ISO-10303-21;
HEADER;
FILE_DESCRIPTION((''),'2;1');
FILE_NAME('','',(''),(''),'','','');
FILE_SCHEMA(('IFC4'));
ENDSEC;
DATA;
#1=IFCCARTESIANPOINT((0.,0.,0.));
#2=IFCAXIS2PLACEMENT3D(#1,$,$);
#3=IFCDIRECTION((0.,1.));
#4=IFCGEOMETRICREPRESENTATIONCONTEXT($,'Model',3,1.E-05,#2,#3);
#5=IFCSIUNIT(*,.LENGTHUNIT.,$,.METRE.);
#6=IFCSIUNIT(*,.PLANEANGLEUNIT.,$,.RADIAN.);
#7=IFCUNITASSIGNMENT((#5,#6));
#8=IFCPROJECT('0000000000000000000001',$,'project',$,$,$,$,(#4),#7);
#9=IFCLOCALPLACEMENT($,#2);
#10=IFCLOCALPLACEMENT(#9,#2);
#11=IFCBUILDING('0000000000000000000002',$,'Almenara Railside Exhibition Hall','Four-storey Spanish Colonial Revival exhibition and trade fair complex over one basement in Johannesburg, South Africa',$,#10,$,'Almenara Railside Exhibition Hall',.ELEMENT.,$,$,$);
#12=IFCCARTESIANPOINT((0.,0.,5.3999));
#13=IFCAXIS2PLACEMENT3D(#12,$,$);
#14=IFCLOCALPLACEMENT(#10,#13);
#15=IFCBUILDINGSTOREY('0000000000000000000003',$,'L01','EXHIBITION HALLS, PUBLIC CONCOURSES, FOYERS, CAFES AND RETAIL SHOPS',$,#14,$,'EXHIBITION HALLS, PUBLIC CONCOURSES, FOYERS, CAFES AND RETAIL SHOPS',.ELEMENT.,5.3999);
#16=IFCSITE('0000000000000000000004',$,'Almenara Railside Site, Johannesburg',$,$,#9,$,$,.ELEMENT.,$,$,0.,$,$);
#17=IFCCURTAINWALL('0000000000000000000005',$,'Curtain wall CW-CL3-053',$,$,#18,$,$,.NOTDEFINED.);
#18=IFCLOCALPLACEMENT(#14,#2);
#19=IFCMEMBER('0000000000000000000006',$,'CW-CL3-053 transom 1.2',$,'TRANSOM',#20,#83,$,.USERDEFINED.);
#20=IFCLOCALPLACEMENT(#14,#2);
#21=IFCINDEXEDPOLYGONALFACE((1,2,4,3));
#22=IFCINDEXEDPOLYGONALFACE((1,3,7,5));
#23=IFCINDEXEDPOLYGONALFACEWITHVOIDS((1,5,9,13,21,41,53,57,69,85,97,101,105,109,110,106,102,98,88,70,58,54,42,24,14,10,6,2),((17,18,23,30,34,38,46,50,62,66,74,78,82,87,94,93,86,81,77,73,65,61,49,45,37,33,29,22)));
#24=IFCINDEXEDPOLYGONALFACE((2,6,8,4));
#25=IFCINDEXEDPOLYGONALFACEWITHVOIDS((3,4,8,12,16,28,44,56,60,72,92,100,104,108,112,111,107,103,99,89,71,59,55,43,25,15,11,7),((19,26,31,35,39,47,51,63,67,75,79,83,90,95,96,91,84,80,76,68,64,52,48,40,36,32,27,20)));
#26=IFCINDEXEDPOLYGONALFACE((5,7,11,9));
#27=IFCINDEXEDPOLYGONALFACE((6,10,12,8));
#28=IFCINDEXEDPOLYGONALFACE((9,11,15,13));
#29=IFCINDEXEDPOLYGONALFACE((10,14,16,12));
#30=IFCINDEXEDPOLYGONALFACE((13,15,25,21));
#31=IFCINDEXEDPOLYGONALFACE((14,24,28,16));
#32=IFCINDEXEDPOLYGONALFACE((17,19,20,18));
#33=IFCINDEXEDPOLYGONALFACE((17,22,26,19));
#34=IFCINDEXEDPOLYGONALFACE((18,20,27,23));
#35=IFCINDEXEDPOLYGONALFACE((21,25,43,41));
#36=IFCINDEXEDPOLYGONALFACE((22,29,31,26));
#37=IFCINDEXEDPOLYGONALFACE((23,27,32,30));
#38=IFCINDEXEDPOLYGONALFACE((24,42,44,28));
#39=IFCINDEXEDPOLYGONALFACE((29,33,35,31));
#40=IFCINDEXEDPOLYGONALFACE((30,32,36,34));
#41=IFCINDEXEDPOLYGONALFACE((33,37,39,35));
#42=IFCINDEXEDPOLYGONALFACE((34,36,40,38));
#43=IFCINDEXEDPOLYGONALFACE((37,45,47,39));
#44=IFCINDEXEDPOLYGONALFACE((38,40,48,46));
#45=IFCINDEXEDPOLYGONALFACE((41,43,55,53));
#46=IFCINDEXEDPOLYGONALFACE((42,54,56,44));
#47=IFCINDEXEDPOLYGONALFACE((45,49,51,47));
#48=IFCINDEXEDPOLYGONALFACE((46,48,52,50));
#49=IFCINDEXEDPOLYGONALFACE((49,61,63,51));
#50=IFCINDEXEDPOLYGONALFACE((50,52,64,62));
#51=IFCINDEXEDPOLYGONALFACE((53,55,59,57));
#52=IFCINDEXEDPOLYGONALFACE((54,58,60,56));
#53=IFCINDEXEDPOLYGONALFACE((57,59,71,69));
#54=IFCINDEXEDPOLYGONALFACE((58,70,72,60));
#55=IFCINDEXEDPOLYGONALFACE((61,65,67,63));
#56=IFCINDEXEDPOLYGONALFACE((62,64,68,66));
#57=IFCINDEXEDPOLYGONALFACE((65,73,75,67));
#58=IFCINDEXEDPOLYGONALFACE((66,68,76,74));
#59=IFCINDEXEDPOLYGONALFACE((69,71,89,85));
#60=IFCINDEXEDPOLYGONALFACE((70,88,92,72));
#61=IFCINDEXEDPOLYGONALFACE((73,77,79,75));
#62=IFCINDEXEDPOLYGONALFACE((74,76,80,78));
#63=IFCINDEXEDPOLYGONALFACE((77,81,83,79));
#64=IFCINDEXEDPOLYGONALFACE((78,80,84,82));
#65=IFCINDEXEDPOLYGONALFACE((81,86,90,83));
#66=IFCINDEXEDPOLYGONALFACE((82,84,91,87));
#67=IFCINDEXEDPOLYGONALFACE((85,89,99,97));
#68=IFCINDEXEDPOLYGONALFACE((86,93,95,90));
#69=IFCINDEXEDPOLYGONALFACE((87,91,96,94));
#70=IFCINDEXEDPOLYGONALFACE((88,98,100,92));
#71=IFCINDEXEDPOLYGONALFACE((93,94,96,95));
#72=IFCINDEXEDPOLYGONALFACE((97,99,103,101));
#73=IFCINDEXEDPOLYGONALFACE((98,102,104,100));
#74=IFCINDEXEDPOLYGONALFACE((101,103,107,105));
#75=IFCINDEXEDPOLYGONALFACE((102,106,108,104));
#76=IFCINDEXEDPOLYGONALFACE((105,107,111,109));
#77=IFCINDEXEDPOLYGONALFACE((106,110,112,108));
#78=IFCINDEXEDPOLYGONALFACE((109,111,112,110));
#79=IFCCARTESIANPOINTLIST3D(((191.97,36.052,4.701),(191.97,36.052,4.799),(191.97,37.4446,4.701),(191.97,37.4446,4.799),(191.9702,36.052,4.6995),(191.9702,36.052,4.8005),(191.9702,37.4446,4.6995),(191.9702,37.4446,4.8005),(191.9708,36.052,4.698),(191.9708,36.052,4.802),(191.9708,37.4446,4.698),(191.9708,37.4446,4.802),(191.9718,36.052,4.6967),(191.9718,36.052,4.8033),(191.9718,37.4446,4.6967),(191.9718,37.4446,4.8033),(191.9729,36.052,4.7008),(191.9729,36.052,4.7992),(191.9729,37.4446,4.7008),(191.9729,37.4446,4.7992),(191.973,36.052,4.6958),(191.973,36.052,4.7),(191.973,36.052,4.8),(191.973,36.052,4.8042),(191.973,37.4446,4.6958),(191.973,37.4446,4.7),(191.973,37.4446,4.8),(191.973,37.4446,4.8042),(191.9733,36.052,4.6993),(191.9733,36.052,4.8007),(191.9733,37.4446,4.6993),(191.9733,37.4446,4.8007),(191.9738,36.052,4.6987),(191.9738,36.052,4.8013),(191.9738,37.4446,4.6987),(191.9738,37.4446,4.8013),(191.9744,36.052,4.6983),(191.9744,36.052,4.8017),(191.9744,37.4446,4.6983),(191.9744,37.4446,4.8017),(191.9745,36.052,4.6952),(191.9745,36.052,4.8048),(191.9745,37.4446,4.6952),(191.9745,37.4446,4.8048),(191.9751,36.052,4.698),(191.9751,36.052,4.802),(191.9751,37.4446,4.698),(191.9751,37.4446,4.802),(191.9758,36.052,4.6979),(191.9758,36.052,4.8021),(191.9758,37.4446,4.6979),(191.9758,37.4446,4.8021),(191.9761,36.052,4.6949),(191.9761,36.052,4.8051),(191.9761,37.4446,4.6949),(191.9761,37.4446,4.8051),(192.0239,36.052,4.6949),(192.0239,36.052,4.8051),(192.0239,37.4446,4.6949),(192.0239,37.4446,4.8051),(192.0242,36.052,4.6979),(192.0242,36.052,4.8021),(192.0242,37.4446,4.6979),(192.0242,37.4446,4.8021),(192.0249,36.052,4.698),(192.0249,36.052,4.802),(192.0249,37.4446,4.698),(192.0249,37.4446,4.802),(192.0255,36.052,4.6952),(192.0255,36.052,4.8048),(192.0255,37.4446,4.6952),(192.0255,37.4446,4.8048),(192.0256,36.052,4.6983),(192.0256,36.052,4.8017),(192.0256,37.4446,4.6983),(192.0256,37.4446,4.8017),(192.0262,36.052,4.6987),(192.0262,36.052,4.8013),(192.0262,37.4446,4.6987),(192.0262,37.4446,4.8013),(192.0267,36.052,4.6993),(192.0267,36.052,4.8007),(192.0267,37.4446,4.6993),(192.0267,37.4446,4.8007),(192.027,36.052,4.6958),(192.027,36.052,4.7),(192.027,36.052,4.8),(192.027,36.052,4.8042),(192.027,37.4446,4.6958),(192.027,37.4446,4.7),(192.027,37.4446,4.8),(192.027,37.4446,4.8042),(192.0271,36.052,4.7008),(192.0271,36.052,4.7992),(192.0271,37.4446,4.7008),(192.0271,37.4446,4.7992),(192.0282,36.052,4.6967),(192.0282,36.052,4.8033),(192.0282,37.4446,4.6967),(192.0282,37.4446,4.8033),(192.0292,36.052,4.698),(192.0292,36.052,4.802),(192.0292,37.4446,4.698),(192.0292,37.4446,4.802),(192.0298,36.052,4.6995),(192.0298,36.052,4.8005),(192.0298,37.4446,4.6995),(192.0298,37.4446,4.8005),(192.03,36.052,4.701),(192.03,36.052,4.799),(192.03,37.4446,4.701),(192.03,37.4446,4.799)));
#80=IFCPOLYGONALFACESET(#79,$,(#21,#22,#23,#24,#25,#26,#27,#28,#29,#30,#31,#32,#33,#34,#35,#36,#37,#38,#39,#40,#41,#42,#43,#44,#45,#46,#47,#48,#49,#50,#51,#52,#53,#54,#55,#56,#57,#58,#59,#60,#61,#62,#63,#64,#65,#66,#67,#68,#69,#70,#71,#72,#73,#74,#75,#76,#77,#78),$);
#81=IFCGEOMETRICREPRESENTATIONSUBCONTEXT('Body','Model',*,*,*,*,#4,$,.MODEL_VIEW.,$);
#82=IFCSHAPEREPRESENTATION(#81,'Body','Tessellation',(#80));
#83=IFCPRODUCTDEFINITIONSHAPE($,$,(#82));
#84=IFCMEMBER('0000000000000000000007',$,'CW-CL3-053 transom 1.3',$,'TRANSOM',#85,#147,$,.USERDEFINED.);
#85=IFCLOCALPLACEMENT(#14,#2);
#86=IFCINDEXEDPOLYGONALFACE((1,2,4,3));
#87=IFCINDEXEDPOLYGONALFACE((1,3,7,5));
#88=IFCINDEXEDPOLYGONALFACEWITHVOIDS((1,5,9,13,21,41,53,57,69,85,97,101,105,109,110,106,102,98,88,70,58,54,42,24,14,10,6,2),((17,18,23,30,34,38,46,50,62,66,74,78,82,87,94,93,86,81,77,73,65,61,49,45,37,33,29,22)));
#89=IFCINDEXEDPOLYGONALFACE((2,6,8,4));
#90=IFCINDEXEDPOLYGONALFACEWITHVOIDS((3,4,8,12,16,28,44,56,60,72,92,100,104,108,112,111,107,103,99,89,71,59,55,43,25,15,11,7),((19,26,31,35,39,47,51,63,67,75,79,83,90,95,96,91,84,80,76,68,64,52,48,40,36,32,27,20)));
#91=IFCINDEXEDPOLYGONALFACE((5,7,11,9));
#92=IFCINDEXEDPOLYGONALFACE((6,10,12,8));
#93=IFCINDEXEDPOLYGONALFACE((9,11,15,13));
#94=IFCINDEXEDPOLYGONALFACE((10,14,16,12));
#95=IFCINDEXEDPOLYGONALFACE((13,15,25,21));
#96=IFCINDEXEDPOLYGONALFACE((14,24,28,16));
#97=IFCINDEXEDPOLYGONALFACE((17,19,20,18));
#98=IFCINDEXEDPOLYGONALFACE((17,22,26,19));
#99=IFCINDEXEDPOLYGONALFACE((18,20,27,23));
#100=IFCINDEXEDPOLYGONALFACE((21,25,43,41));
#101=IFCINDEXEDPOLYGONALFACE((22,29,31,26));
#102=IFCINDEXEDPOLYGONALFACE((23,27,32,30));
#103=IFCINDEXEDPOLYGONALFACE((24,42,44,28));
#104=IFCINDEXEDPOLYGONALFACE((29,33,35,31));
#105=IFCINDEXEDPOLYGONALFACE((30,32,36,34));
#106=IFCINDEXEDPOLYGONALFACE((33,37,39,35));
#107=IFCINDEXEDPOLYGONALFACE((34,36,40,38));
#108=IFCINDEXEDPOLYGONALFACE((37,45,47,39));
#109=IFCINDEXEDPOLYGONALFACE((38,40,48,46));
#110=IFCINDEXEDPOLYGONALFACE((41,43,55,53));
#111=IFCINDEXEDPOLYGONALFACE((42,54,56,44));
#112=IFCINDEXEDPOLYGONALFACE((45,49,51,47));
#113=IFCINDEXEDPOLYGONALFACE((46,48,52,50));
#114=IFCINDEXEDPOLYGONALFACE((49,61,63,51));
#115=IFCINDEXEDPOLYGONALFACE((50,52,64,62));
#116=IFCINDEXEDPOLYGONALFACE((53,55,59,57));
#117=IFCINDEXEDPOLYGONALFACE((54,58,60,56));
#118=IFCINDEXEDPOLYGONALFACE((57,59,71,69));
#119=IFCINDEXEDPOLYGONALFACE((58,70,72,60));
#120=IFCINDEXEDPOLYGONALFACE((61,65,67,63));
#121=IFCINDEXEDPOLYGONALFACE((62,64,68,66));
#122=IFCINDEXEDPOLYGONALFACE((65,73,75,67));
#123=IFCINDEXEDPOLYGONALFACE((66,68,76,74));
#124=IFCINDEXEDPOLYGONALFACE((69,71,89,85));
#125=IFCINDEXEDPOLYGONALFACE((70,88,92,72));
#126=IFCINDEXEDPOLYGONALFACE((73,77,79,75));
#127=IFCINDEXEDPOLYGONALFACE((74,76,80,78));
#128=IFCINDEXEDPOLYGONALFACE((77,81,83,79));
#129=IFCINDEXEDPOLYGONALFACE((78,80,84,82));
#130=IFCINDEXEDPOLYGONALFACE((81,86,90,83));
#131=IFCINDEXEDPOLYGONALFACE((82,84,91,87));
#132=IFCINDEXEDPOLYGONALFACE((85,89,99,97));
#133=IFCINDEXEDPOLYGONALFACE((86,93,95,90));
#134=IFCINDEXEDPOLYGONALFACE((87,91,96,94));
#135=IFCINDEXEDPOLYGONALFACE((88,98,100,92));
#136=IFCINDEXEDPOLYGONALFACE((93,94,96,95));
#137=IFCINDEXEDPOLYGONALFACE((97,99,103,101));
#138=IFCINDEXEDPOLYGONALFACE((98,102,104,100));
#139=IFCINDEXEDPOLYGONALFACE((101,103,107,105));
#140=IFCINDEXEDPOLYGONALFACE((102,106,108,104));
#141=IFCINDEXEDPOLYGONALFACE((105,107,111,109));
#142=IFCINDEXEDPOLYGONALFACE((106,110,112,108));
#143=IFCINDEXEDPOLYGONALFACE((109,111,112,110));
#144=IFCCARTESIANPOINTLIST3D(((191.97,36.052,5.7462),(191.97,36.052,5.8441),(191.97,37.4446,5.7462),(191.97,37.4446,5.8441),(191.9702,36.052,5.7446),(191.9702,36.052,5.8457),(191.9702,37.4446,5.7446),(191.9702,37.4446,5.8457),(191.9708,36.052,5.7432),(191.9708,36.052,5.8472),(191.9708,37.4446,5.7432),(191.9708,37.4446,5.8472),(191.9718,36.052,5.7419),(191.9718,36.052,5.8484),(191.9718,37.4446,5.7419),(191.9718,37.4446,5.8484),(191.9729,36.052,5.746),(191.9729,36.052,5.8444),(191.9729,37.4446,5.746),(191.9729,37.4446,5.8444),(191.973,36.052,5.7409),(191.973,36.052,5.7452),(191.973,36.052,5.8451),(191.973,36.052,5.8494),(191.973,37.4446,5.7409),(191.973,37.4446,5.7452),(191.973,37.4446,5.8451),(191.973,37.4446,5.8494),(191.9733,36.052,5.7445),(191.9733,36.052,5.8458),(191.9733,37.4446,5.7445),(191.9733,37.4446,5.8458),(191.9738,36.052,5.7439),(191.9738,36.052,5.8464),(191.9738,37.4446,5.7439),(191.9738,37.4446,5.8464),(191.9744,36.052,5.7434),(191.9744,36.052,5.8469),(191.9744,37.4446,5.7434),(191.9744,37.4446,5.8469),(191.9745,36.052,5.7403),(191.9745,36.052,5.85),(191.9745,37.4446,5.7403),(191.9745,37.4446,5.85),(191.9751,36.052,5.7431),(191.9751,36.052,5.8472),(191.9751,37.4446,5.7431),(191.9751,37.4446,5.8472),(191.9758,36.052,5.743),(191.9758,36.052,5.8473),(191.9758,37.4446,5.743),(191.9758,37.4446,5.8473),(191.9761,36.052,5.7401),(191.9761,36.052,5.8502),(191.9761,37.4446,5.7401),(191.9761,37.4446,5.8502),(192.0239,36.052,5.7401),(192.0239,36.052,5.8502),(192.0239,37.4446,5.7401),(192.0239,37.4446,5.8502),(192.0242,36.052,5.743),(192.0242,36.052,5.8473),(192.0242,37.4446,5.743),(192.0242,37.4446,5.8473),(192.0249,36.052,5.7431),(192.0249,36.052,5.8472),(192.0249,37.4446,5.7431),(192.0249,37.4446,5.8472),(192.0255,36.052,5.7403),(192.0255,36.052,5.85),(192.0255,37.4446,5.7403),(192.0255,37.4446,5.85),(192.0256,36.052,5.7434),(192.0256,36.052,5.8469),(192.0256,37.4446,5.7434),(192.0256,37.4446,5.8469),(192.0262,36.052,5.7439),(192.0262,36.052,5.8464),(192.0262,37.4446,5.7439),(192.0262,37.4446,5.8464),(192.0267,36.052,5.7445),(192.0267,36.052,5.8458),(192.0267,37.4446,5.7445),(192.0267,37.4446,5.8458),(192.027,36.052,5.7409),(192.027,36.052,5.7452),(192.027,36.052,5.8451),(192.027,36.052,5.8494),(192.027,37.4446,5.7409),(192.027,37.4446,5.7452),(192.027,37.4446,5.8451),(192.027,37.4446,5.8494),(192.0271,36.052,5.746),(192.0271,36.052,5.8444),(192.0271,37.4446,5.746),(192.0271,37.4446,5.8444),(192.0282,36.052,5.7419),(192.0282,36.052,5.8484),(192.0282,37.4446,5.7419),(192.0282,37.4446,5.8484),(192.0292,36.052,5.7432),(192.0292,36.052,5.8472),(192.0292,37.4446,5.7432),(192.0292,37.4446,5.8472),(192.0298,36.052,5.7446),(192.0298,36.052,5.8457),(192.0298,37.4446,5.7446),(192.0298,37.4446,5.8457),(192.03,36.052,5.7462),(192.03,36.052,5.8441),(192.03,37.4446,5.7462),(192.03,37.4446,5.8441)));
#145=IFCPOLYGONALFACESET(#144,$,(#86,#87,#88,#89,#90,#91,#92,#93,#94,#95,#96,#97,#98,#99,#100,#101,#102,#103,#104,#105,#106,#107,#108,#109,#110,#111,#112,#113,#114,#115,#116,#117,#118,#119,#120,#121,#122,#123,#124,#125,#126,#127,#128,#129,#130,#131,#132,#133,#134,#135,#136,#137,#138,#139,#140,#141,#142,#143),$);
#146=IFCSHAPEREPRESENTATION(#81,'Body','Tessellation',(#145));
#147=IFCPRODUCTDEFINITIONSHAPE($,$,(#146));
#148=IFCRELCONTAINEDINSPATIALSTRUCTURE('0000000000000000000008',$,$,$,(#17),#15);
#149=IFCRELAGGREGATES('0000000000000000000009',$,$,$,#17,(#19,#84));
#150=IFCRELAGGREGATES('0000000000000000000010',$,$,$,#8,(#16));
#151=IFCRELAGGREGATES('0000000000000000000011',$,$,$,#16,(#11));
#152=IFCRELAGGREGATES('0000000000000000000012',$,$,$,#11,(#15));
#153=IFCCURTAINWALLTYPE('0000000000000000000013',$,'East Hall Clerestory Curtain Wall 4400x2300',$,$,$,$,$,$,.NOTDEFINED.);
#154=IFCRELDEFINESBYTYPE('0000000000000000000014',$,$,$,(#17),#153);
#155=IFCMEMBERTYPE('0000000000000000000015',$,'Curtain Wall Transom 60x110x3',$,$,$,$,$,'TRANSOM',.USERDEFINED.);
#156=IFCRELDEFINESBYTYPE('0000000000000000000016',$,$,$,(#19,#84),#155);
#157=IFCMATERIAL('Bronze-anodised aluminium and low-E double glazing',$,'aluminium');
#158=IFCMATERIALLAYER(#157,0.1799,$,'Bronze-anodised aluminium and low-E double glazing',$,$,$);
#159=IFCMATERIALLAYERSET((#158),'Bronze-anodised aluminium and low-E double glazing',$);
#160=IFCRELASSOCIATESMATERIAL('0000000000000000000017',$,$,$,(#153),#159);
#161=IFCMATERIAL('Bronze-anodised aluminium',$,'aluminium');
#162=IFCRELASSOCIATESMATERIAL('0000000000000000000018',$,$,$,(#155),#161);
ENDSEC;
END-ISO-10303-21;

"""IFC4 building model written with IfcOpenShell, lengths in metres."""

from ifc_helpers import new_model, si_unit, direction, frame, origin, origin_2d, place, context, subcontext, project, spatial, hollow_rectangle, extrude, material, layer, layer_set, material_profile, profile_set, type_object, element, aggregate, save


model = new_model("IFC4")

# Units and contexts
model_context = context("Model", 3, precision=1e-05, world=origin(), true_north=direction((0.0, 1.0)))
body_context = subcontext(model_context, "Body", "Model", "MODEL_VIEW")
ifc_project = project(units=[si_unit("LENGTHUNIT", "METRE"), si_unit("PLANEANGLEUNIT", "RADIAN")], contexts=[model_context])

# Site, building, storey
site_placement = place(None, origin())
site = spatial("IfcSite", under=ifc_project, at=site_placement, Name="Almenara Railside Site, Johannesburg", CompositionType="ELEMENT", RefElevation=0.0)
building_placement = place(site_placement, origin())
building = spatial("IfcBuilding", under=site, at=building_placement, Name="Almenara Railside Exhibition Hall", Description="Four-storey Spanish Colonial Revival exhibition and trade fair complex over one basement in Johannesburg, South Africa", LongName="Almenara Railside Exhibition Hall", CompositionType="ELEMENT")
storey_placement = place(building_placement, frame((0.0, 0.0, 5.3999)))
storey = spatial("IfcBuildingStorey", under=building, at=storey_placement, Name="L01", Description="EXHIBITION HALLS, PUBLIC CONCOURSES, FOYERS, CAFES AND RETAIL SHOPS", LongName="EXHIBITION HALLS, PUBLIC CONCOURSES, FOYERS, CAFES AND RETAIL SHOPS", CompositionType="ELEMENT", Elevation=5.3999)

# Curtain wall
ifc_material_1 = material(Name="Bronze-anodised aluminium and low-E double glazing", Category="aluminium")
ifc_layer_1 = layer(ifc_material_1, 0.1799, Name="Bronze-anodised aluminium and low-E double glazing")
ifc_layer_set_1 = layer_set([ifc_layer_1], Name="Bronze-anodised aluminium and low-E double glazing")
curtain_wall_type_1 = type_object("IfcCurtainWallType", Name="East Hall Clerestory Curtain Wall 4400x2300", PredefinedType="NOTDEFINED", material=ifc_layer_set_1)
curtain_wall_1_placement = place(storey_placement, origin())
curtain_wall_1 = element("IfcCurtainWall", 1, at=curtain_wall_1_placement, inside=storey, type_object=curtain_wall_type_1, Name="Curtain wall CW-CL3-053", PredefinedType="NOTDEFINED")
ifc_material_2 = material(Name="Bronze-anodised aluminium", Category="aluminium")

# Members
ifc_material_profile_1 = material_profile(ifc_material_2, hollow_rectangle(XDim=0.0601, YDim=0.1101, WallThickness=0.0029, InnerFilletRadius=0.0029, OuterFilletRadius=0.0061, at=origin_2d()), Name="ALU-TRN 60x110x3")
ifc_profile_set_1 = profile_set([ifc_material_profile_1], Name="Bronze-anodised aluminium")
member_type_1 = type_object("IfcMemberType", Name="Curtain Wall Transom 60x110x3", ElementType="TRANSOM", PredefinedType="USERDEFINED", material=ifc_profile_set_1)
member_1_placement = place(storey_placement, frame((192.0, 36.052, 4.75), z_axis=(0.0, 1.0, 0.0), x_axis=(-1.0, 0.0, 0.0)))
member_1 = element("IfcMember", 2, at=member_1_placement, type_object=member_type_1, Name="CW-CL3-053 transom 1.2", ObjectType="TRANSOM", PredefinedType="USERDEFINED", context=body_context, shape_type="SweptSolid", body=[
    extrude(hollow_rectangle(XDim=0.0601, YDim=0.1101, WallThickness=0.0029, InnerFilletRadius=0.0029, OuterFilletRadius=0.0061, at=origin_2d()), origin(), (0.0, 0.0, 1.0), 1.3926),
])
member_2_placement = place(storey_placement, frame((192.0, 36.052, 5.7952), z_axis=(0.0, 1.0, 0.0), x_axis=(-1.0, 0.0, 0.0)))
member_2 = element("IfcMember", 3, at=member_2_placement, type_object=member_type_1, Name="CW-CL3-053 transom 1.3", ObjectType="TRANSOM", PredefinedType="USERDEFINED", context=body_context, shape_type="SweptSolid", body=[
    extrude(hollow_rectangle(XDim=0.0601, YDim=0.1101, WallThickness=0.0029, InnerFilletRadius=0.0029, OuterFilletRadius=0.0061, at=origin_2d()), origin(), (0.0, 0.0, 1.0), 1.3926),
])

aggregate(curtain_wall_1, [member_1, member_2])

save(model, "model.ifc")
